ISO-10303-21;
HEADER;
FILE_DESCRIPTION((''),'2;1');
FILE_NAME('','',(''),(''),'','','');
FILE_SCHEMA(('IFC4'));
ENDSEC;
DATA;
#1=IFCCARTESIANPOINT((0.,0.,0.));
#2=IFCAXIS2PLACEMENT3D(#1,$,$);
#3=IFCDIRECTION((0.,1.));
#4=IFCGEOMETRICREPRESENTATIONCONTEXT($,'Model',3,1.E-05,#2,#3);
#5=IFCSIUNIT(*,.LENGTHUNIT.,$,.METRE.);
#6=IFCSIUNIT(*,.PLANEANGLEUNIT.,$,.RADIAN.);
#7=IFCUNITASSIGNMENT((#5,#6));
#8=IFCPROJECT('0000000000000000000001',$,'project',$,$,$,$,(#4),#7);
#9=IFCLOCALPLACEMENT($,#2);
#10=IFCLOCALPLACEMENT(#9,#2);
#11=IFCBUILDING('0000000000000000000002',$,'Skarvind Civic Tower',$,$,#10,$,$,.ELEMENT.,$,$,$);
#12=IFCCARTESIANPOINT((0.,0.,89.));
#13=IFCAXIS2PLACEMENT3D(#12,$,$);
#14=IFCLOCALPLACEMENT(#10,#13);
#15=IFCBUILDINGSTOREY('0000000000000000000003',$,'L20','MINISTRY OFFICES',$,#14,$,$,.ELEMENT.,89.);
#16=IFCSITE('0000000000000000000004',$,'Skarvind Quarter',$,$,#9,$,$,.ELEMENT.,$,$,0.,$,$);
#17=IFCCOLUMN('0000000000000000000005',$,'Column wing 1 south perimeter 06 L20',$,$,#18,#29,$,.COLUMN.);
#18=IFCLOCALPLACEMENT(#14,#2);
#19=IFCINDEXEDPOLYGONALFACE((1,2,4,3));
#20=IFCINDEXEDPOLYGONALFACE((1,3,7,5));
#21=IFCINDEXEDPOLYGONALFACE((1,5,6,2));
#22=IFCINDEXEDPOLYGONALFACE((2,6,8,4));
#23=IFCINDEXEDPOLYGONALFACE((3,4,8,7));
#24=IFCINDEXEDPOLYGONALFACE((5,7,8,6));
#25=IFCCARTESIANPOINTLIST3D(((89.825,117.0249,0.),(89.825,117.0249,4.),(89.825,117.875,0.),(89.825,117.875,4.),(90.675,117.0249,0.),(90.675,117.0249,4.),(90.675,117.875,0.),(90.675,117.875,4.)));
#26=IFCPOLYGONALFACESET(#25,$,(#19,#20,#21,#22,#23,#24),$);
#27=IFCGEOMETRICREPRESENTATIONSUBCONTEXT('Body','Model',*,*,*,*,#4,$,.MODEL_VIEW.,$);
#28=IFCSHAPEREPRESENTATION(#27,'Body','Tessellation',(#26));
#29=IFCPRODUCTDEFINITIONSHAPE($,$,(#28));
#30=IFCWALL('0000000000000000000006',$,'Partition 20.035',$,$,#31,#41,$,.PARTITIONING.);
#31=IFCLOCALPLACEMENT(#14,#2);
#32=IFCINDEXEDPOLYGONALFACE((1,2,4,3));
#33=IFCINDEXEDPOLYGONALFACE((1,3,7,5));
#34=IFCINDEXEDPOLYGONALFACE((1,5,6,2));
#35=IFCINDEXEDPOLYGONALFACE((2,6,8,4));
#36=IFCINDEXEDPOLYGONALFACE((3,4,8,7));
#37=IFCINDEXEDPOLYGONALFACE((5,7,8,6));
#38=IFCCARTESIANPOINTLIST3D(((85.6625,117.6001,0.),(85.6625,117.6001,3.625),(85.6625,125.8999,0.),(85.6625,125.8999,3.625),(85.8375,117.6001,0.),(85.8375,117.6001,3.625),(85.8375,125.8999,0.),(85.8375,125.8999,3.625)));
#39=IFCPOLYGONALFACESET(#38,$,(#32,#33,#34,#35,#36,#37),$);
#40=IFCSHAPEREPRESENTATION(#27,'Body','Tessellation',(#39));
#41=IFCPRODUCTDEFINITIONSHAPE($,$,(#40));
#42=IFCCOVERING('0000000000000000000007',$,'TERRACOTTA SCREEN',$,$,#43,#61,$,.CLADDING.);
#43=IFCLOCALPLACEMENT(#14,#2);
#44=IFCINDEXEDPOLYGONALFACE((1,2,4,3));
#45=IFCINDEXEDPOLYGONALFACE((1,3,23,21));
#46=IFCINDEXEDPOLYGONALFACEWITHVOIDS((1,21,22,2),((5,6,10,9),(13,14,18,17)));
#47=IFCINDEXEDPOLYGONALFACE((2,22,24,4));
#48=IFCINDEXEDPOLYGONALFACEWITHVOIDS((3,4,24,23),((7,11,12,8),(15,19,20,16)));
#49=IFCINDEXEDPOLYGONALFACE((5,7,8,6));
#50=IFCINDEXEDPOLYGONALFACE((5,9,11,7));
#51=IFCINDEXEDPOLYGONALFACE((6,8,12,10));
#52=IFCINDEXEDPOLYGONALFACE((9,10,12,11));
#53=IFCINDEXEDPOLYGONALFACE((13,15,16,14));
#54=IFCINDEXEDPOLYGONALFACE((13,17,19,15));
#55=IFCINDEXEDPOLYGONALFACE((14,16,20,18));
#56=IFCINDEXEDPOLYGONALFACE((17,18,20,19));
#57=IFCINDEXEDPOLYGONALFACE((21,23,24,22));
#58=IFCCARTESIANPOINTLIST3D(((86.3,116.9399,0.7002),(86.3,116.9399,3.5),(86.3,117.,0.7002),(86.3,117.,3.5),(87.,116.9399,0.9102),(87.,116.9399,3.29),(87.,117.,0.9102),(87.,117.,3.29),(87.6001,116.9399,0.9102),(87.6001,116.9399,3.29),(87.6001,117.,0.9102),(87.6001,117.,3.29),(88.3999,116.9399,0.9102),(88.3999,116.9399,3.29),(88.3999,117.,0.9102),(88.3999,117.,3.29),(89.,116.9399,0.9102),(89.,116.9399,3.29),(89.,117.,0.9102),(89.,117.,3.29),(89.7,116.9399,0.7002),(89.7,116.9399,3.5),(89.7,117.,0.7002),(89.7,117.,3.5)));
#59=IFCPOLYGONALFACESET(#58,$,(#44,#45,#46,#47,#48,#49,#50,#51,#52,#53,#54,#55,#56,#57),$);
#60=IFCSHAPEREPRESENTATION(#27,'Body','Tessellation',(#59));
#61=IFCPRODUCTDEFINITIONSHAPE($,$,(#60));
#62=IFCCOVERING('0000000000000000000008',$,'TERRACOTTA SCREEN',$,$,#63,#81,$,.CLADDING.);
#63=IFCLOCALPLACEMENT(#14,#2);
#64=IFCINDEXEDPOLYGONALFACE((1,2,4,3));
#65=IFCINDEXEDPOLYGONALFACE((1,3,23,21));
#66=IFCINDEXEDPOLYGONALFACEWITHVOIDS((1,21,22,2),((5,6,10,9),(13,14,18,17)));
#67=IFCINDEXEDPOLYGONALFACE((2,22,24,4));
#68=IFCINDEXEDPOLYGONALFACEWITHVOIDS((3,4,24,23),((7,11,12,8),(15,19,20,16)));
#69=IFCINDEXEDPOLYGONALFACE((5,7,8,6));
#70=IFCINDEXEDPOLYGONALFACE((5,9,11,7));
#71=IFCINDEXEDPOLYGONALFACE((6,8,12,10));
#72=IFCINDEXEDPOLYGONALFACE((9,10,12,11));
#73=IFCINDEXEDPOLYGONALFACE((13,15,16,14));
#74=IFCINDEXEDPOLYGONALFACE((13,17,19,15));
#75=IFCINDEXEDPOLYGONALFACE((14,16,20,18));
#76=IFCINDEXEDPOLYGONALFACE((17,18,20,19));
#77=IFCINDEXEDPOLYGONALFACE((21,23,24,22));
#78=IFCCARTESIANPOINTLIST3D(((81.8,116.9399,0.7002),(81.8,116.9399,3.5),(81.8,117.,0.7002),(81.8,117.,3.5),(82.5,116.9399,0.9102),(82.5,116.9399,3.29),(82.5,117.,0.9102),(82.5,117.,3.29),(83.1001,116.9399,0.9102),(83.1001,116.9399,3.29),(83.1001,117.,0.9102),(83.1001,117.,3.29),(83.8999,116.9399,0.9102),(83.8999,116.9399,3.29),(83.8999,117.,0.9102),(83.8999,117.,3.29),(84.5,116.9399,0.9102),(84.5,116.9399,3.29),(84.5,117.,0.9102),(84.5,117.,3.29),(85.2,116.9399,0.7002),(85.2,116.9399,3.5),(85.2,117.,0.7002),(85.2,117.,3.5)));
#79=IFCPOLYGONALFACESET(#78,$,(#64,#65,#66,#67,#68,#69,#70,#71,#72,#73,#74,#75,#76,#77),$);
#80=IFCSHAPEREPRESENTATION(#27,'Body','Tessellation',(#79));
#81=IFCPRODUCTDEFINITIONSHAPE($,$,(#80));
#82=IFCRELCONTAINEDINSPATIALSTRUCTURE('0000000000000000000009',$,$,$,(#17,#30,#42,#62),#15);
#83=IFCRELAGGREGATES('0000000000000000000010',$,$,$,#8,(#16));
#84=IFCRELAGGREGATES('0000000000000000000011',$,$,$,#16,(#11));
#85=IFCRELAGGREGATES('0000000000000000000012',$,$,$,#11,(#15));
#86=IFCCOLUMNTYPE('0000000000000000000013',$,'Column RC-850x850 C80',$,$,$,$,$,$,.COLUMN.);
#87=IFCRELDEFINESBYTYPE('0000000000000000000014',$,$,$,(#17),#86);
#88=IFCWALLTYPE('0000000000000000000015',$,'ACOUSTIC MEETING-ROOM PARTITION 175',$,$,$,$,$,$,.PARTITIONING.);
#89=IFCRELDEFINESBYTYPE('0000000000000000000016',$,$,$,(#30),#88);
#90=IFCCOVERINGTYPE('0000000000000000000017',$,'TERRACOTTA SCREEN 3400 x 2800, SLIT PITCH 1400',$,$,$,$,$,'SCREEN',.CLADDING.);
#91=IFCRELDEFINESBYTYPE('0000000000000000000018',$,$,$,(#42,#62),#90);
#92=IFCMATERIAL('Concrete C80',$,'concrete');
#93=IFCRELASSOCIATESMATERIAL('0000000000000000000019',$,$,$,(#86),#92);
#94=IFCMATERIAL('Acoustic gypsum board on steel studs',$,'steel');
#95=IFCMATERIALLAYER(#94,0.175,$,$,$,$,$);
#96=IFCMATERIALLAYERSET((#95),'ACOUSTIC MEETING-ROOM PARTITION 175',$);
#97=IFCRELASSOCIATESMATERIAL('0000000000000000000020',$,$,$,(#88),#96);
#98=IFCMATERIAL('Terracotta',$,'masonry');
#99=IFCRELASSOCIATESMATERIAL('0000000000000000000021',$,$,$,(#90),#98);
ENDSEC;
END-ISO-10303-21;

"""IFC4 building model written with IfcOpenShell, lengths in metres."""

from ifc_helpers import new_model, si_unit, direction, frame, frame_2d, origin, origin_2d, place, context, subcontext, project, spatial, polyline, rectangle, outline, extrude, material, layer, layer_set, material_profile, profile_set, type_object, element, save


model = new_model("IFC4")

# Units and contexts
model_context = context("Model", 3, precision=1e-05, world=origin(), true_north=direction((0.0, 1.0)))
body_context = subcontext(model_context, "Body", "Model", "MODEL_VIEW")
ifc_project = project(units=[si_unit("LENGTHUNIT", "METRE"), si_unit("PLANEANGLEUNIT", "RADIAN")], contexts=[model_context])

# Site, building, storey
site_placement = place(None, origin())
site = spatial("IfcSite", under=ifc_project, at=site_placement, Name="Skarvind Quarter", CompositionType="ELEMENT", RefElevation=0.0)
building_placement = place(site_placement, origin())
building = spatial("IfcBuilding", under=site, at=building_placement, Name="Skarvind Civic Tower", CompositionType="ELEMENT")
storey_placement = place(building_placement, frame((0.0, 0.0, 89.0)))
storey = spatial("IfcBuildingStorey", under=building, at=storey_placement, Name="L20", Description="MINISTRY OFFICES", CompositionType="ELEMENT", Elevation=89.0)

# Column
ifc_material_1 = material(Name="Concrete C80", Category="concrete")
ifc_material_profile_1 = material_profile(ifc_material_1, rectangle(XDim=0.8501, YDim=0.8501, at=origin_2d()), Name="RC-850x850")
ifc_profile_set_1 = profile_set([ifc_material_profile_1], Name="Concrete C80")
column_type = type_object("IfcColumnType", Name="Column RC-850x850 C80", PredefinedType="COLUMN", material=ifc_profile_set_1)
column_placement = place(storey_placement, frame((90.25, 117.45, 0.0), z_axis=(0.0, 0.0, 1.0), x_axis=(1.0, 0.0, 0.0)))
element("IfcColumn", 1, at=column_placement, inside=storey, type_object=column_type, Name="Column wing 1 south perimeter 06 L20", PredefinedType="COLUMN", context=body_context, shape_type="SweptSolid", body=[
    extrude(rectangle(XDim=0.8501, YDim=0.8501, at=origin_2d()), origin(), (0.0, 0.0, 1.0), 4.0),
])

# Wall
ifc_material_2 = material(Name="Acoustic gypsum board on steel studs", Category="steel")
ifc_layer = layer(ifc_material_2, 0.175)
ifc_layer_set = layer_set([ifc_layer], Name="ACOUSTIC MEETING-ROOM PARTITION 175")
wall_type = type_object("IfcWallType", Name="ACOUSTIC MEETING-ROOM PARTITION 175", PredefinedType="PARTITIONING", material=ifc_layer_set)
wall_placement = place(storey_placement, frame((85.75, 117.6001, 0.0), z_axis=(0.0, 0.0, 1.0), x_axis=(0.0, 1.0, 0.0)))
element("IfcWall", 2, at=wall_placement, inside=storey, type_object=wall_type, Name="Partition 20.035", PredefinedType="PARTITIONING", context=body_context, shape_type="SweptSolid", body=[
    extrude(rectangle(XDim=8.2998, YDim=0.175, at=frame_2d((4.1499, 0.0))), origin(), (0.0, 0.0, 1.0), 3.625),
])

# Coverings
ifc_material_3 = material(Name="Terracotta", Category="masonry")
ifc_material_profile_2 = material_profile(ifc_material_3, outline(polyline([(-1.7, -1.3999), (1.7, -1.3999), (1.7, 1.3999), (-1.7, 1.3999), (-1.7, -1.3999)]), holes=[polyline([(-1.0, -1.1899), (-0.3999, -1.1899), (-0.3999, 1.1899), (-1.0, 1.1899), (-1.0, -1.1899)]), polyline([(0.3999, -1.1899), (1.0, -1.1899), (1.0, 1.1899), (0.3999, 1.1899), (0.3999, -1.1899)])]), Name="TERRACOTTA SCREEN 3400 x 2800, SLIT PITCH 1400")
ifc_profile_set_2 = profile_set([ifc_material_profile_2], Name="Terracotta")
covering_type = type_object("IfcCoveringType", Name="TERRACOTTA SCREEN 3400 x 2800, SLIT PITCH 1400", ElementType="SCREEN", PredefinedType="CLADDING", material=ifc_profile_set_2)
for number, where, z_axis, x_axis, name in (
    (3, (88.0, 117.0, 2.1001), (0.0, -1.0, 0.0), (1.0, 0.0, 0.0), "TERRACOTTA SCREEN"),
    (4, (83.5, 117.0, 2.1001), (0.0, -1.0, 0.0), (1.0, 0.0, 0.0), "TERRACOTTA SCREEN"),
):
    element("IfcCovering", number, at=place(storey_placement, frame(where, z_axis=z_axis, x_axis=x_axis)), inside=storey, type_object=covering_type, Name=name, PredefinedType="CLADDING", context=body_context, shape_type="SweptSolid", body=[
        extrude(outline(polyline([(-1.7, -1.3999), (1.7, -1.3999), (1.7, 1.3999), (-1.7, 1.3999), (-1.7, -1.3999)]), holes=[polyline([(-1.0, -1.1899), (-0.3999, -1.1899), (-0.3999, 1.1899), (-1.0, 1.1899), (-1.0, -1.1899)]), polyline([(0.3999, -1.1899), (1.0, -1.1899), (1.0, 1.1899), (0.3999, 1.1899), (0.3999, -1.1899)])]), origin(), (0.0, 0.0, 1.0), 0.0601),
    ])

save(model, "model.ifc")
